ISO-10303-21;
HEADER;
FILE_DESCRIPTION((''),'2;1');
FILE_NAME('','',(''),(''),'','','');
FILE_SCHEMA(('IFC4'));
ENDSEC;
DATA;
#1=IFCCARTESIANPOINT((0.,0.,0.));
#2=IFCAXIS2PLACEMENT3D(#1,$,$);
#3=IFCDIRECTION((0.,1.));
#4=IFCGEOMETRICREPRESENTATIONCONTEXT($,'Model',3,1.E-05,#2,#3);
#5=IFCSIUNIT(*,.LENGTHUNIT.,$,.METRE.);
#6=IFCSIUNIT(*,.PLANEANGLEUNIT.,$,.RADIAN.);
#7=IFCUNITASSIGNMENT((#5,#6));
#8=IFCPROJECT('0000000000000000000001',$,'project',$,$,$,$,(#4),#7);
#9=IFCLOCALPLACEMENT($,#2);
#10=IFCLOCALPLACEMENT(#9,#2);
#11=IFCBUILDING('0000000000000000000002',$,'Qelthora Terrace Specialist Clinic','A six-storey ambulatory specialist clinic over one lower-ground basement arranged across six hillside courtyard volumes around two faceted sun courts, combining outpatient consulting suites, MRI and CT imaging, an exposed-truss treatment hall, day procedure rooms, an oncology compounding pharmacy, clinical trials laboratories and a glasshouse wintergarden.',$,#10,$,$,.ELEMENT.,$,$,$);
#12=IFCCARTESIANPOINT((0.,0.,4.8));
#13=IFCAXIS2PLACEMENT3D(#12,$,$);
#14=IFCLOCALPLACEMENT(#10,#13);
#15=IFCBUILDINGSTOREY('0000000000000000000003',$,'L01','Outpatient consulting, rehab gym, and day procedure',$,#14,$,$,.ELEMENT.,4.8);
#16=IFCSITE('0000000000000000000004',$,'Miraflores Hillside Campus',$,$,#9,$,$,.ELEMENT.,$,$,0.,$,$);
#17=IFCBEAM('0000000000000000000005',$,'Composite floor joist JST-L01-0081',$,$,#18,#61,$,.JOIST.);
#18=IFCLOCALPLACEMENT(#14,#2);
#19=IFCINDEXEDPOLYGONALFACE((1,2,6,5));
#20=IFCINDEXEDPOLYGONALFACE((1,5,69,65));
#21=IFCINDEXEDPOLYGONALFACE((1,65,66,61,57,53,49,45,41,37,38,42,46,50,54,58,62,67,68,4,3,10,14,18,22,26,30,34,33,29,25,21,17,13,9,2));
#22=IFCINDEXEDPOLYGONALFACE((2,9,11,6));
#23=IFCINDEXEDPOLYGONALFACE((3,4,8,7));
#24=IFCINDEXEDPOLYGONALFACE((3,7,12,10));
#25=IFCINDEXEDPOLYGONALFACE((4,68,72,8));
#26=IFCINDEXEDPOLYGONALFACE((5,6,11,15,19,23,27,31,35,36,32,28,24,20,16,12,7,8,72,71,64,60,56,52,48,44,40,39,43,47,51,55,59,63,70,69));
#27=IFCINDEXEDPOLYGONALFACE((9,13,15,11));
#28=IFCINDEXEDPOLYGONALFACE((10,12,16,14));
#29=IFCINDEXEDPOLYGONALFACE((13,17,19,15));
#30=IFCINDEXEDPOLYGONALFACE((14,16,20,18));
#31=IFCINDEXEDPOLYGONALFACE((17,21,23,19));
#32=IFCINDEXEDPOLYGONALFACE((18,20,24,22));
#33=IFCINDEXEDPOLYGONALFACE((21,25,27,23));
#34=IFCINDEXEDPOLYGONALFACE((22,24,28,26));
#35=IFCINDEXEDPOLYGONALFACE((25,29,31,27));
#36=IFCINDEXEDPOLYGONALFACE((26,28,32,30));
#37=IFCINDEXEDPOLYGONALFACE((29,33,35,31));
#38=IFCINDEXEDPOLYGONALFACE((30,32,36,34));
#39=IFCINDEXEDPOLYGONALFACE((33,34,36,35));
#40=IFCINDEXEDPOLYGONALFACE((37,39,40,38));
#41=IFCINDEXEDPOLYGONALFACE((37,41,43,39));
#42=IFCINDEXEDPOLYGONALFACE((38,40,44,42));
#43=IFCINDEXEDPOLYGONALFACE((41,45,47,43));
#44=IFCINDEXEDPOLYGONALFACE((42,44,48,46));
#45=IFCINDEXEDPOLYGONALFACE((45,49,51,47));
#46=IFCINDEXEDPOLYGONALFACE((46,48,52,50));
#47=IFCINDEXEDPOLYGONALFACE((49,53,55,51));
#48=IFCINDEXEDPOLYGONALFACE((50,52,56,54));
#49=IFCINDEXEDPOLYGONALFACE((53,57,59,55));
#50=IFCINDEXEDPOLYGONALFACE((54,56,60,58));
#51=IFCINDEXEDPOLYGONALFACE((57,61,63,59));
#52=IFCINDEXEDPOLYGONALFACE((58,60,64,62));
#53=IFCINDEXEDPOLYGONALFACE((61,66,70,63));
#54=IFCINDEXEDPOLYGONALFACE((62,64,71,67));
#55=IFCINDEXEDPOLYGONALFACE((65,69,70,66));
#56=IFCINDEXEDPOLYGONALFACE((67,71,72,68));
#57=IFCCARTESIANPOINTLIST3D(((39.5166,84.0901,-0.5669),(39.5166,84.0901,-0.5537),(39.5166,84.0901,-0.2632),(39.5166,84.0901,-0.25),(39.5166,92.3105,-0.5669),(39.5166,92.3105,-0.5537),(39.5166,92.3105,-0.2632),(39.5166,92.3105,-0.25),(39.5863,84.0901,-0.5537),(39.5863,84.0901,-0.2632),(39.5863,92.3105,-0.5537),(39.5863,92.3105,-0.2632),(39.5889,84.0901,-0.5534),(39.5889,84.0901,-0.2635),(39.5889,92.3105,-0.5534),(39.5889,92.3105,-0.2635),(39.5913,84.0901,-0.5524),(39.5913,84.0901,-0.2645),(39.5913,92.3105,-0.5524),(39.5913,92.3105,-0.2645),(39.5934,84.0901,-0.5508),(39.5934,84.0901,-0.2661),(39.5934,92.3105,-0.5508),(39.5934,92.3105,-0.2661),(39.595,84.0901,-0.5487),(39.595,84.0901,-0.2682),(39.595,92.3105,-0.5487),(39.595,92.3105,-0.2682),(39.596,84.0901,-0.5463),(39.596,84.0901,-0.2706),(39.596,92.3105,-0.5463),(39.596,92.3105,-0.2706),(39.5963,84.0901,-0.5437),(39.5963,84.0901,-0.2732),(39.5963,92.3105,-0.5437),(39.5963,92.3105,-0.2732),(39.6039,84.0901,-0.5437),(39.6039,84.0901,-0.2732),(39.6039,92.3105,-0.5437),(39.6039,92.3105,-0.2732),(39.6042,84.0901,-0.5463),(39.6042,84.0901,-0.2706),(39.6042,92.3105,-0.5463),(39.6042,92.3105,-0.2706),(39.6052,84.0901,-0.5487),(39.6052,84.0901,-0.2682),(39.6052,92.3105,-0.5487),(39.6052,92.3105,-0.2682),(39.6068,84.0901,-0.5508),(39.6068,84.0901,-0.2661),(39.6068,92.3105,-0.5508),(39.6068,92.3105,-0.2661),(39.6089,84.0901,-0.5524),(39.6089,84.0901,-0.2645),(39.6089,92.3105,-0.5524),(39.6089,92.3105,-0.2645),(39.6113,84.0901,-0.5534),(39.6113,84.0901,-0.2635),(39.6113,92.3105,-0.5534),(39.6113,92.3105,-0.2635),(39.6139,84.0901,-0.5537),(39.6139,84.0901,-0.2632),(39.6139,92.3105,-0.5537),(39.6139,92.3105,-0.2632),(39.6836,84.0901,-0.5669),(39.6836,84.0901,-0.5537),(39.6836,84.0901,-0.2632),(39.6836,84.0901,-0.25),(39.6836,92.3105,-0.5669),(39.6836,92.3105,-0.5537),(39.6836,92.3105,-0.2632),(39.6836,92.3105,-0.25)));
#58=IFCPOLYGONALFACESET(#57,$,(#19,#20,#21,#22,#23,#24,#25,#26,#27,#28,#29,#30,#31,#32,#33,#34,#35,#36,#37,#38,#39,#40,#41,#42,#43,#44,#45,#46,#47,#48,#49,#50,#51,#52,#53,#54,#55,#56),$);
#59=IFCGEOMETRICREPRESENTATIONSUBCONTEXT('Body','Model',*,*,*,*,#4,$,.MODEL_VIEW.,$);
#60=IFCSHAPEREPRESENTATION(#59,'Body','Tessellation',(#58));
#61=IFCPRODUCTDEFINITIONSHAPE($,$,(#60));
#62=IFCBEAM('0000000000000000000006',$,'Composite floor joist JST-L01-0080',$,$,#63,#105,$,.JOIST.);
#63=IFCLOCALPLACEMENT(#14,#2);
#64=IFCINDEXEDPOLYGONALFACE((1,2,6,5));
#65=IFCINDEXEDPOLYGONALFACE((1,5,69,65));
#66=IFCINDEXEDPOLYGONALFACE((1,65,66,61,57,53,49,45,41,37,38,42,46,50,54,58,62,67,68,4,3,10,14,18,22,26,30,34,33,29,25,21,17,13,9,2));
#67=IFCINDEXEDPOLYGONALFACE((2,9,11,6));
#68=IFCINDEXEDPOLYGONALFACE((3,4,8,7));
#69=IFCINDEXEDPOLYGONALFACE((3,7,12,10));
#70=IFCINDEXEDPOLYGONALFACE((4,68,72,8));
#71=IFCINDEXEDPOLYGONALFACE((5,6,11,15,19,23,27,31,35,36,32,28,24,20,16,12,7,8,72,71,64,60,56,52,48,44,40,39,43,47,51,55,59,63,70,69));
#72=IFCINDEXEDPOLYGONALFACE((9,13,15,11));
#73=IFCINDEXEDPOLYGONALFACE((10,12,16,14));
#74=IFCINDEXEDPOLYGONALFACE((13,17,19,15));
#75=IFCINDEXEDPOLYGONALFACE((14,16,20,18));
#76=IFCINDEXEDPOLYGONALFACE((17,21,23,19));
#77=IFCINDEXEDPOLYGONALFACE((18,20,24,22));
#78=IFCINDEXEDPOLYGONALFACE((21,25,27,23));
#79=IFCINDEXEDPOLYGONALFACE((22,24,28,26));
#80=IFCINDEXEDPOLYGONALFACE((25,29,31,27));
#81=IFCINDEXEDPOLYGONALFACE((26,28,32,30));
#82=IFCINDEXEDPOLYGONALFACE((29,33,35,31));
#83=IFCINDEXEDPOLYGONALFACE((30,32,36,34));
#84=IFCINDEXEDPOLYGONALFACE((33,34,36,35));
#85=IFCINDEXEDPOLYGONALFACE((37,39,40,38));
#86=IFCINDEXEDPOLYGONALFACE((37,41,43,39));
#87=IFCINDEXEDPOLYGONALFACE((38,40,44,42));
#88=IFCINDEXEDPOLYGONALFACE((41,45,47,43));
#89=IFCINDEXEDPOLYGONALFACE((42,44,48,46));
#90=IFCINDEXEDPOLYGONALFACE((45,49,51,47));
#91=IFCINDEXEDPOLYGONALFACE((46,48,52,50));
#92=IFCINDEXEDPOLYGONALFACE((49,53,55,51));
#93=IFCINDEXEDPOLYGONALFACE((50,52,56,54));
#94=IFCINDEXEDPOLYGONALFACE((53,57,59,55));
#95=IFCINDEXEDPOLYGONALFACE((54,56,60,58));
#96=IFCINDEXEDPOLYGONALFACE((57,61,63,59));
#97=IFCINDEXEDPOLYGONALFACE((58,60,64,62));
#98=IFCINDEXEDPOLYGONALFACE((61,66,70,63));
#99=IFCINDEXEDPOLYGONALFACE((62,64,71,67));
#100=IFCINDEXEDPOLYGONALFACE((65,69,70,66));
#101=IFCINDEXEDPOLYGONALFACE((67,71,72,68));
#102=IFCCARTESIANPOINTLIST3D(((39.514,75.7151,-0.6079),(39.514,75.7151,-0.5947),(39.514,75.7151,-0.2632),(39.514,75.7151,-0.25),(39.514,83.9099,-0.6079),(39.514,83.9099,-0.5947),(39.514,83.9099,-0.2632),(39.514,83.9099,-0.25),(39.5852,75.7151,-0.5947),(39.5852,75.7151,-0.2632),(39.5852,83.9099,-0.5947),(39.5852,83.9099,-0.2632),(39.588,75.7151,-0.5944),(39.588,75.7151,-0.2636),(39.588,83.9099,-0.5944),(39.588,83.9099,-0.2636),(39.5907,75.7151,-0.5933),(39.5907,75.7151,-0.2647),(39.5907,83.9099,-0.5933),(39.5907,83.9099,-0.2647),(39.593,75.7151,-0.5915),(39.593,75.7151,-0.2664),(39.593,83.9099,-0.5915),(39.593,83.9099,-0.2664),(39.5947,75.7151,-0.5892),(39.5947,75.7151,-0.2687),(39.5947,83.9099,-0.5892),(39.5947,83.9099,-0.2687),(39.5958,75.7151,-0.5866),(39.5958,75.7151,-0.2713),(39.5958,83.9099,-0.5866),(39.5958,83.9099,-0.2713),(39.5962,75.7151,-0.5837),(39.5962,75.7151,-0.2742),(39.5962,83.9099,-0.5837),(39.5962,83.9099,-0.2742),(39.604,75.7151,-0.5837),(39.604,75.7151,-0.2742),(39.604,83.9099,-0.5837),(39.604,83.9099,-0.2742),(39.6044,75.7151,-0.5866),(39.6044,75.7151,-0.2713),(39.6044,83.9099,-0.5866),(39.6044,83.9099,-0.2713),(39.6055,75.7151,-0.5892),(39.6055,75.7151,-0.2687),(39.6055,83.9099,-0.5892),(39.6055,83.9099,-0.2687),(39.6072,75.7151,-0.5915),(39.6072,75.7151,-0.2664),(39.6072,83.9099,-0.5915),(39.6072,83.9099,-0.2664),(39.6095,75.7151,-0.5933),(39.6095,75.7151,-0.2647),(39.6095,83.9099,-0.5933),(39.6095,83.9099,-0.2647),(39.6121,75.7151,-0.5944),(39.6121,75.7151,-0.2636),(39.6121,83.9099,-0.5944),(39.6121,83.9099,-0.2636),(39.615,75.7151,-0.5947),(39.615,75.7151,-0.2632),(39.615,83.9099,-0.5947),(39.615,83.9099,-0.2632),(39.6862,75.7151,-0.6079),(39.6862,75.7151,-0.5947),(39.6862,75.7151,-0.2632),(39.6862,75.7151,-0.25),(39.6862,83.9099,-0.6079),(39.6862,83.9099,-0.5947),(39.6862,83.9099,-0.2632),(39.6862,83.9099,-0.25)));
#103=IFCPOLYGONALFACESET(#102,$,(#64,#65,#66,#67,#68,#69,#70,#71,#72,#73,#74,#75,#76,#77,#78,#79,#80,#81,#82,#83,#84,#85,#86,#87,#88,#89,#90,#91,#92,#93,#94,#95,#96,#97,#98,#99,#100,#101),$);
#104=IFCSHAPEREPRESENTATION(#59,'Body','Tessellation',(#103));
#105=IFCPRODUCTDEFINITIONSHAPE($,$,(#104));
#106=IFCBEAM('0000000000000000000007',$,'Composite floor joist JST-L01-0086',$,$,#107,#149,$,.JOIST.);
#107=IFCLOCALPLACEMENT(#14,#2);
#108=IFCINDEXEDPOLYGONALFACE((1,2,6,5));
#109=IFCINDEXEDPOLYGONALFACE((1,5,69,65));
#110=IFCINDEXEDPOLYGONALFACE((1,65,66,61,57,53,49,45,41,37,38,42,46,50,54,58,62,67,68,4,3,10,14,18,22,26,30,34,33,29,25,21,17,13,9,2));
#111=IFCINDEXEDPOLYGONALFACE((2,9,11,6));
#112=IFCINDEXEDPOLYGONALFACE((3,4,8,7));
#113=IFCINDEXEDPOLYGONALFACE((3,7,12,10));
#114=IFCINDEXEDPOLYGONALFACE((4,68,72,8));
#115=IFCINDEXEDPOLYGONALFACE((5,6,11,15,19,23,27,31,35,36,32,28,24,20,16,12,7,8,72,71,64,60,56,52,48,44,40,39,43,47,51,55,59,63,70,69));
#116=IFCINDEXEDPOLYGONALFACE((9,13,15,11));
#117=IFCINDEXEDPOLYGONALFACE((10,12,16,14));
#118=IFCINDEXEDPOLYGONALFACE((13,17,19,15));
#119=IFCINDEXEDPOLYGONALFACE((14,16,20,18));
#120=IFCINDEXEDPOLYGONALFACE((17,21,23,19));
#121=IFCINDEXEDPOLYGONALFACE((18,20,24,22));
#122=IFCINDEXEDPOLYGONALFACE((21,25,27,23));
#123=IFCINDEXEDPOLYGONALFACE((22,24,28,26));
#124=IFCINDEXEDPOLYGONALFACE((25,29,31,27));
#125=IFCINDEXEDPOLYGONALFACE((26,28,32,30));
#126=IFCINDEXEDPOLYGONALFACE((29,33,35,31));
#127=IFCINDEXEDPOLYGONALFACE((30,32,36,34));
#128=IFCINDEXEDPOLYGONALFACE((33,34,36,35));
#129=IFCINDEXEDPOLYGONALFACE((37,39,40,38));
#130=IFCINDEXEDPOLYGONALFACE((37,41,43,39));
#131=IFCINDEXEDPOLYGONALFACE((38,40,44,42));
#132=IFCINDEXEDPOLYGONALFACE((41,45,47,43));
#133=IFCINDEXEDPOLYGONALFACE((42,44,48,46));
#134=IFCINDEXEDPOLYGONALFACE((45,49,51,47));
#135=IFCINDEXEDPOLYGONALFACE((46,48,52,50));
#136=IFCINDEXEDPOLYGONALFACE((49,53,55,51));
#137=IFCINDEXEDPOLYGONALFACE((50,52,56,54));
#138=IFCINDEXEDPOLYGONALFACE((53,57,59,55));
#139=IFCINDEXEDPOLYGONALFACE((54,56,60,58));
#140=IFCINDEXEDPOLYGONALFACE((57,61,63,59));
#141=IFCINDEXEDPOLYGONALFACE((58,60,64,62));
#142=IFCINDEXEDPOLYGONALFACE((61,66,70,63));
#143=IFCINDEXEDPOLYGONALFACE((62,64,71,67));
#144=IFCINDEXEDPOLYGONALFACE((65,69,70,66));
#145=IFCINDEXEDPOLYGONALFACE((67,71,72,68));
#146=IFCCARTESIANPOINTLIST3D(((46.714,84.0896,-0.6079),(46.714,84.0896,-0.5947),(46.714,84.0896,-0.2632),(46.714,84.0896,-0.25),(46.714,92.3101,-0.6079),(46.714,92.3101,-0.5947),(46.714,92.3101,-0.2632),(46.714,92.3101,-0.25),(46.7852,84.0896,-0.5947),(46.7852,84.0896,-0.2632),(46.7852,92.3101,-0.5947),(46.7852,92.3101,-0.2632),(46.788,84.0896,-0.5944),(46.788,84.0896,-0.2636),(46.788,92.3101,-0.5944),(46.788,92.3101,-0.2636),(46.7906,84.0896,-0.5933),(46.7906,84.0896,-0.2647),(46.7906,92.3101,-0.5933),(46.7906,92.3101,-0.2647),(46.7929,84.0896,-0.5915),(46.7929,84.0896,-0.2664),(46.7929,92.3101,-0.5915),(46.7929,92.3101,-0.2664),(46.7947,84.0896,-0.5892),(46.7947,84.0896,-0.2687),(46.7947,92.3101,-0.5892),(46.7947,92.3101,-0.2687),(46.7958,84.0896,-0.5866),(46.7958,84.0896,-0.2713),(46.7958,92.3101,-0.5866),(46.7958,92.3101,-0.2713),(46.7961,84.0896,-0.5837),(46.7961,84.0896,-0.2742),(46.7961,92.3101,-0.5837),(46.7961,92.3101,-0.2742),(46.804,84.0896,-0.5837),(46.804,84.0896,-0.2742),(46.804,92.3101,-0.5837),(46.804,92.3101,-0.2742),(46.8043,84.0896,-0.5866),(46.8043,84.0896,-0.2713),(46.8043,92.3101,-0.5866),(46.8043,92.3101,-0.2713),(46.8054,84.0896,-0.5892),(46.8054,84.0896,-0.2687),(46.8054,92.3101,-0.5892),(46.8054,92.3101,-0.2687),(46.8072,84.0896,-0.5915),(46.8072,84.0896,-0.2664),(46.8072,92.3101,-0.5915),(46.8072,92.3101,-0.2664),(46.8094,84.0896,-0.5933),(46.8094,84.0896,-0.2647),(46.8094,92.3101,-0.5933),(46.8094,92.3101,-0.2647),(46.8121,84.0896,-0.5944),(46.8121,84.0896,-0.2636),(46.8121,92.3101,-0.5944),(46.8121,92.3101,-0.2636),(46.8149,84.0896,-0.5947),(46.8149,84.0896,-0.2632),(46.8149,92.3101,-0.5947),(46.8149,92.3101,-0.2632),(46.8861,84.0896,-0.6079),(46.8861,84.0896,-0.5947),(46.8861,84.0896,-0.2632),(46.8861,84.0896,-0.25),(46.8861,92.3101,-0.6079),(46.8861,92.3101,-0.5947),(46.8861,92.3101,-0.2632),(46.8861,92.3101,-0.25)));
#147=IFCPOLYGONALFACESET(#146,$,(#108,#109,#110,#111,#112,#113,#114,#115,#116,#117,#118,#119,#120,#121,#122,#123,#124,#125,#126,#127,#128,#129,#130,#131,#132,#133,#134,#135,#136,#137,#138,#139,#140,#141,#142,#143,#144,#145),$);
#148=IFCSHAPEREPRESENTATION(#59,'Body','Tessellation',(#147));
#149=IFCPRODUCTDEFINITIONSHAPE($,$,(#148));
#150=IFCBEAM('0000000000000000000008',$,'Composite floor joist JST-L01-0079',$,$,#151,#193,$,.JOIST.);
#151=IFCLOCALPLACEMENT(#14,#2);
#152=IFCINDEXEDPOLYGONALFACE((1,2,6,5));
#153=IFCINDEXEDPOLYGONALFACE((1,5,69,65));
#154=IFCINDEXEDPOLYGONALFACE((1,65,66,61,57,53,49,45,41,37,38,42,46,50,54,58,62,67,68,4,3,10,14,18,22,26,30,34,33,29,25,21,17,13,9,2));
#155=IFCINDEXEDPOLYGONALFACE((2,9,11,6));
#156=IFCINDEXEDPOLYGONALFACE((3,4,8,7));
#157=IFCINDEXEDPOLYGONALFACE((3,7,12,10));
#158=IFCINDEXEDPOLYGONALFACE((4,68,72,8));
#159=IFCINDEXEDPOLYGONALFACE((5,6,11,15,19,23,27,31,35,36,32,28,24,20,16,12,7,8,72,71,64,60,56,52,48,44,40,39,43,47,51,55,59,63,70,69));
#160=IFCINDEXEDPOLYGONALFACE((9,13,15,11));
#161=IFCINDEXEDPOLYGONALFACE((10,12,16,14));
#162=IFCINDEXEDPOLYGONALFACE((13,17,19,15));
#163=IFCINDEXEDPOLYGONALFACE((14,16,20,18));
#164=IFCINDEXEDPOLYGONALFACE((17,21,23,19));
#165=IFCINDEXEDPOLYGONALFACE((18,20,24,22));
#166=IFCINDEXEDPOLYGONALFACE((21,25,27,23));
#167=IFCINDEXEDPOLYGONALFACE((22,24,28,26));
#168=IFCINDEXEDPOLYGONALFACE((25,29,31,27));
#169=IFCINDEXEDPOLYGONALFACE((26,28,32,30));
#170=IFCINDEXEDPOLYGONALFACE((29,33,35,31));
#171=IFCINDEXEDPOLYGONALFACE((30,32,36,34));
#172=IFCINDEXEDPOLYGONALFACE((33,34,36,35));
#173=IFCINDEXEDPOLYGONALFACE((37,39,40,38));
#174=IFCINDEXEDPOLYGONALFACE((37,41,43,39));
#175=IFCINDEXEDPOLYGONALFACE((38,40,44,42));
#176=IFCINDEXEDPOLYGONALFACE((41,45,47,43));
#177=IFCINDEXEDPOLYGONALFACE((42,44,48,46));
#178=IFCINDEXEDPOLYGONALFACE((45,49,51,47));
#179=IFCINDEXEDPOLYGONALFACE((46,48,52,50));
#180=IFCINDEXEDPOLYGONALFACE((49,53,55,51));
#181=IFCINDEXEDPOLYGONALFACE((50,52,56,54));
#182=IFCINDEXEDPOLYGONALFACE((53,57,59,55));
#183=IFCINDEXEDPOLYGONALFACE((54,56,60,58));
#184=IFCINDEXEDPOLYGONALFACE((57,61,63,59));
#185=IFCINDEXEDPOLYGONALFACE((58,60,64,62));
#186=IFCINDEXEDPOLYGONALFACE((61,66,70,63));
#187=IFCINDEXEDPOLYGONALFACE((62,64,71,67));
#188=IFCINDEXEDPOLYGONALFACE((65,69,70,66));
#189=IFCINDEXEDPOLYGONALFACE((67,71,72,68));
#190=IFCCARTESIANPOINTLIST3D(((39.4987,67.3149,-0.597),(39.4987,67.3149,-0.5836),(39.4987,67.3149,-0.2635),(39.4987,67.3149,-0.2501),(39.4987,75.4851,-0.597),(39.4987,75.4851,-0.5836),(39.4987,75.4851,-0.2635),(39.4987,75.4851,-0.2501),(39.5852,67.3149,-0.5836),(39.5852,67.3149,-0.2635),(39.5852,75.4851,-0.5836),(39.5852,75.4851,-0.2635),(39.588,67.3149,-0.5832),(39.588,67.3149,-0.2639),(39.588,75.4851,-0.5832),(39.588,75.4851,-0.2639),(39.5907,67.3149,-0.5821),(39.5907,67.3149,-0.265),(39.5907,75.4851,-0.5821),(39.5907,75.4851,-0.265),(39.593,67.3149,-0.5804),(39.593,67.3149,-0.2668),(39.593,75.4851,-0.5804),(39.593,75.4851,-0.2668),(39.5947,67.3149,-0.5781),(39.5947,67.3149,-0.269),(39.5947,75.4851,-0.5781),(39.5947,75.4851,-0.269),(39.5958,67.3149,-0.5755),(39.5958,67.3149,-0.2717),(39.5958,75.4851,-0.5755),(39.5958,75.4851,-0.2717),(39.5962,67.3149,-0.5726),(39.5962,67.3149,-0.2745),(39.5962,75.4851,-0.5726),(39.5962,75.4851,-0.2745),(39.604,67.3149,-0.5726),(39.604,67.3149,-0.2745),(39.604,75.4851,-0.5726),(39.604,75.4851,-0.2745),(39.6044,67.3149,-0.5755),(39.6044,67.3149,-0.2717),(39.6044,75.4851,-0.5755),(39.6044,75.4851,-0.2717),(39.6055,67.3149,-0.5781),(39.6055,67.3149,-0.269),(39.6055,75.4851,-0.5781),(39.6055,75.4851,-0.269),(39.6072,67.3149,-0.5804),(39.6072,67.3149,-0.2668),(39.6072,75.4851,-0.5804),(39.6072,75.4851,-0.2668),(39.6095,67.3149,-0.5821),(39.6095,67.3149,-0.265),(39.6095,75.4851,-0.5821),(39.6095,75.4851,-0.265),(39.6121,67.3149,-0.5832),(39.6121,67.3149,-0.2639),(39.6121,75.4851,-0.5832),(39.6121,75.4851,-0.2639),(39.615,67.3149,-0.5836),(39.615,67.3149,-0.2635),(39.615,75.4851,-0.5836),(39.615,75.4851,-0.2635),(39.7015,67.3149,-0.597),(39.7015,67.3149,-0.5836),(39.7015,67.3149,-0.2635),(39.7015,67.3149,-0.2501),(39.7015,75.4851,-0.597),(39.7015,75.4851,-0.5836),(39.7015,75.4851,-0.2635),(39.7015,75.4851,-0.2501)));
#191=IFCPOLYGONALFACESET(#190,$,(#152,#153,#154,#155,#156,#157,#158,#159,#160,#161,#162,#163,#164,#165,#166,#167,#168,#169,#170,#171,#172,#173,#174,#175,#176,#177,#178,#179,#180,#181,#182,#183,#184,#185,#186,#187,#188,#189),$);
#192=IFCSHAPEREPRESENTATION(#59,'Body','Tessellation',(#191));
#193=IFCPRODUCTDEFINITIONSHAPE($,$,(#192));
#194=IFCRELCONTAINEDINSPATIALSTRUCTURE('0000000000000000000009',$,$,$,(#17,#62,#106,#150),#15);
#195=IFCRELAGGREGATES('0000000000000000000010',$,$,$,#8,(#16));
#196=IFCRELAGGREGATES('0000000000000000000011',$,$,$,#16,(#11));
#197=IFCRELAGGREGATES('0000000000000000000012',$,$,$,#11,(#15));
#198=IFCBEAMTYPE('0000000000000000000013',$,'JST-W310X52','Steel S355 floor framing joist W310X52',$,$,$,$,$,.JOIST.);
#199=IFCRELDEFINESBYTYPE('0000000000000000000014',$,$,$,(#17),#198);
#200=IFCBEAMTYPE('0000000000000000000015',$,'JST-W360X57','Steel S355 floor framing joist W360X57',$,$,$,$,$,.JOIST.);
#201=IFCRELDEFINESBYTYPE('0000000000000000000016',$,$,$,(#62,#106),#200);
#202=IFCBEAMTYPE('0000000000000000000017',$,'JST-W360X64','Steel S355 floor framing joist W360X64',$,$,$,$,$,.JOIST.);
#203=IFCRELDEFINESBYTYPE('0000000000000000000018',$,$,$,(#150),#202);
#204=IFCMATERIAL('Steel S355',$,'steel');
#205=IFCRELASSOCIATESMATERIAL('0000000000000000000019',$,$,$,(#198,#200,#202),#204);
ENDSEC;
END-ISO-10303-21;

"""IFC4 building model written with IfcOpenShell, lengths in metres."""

from ifc_helpers import new_model, si_unit, direction, frame, origin, origin_2d, place, context, subcontext, project, spatial, i_section, extrude, material, material_profile, profile_set, type_object, element, save


model = new_model("IFC4")

# Units and contexts
model_context = context("Model", 3, precision=1e-05, world=origin(), true_north=direction((0.0, 1.0)))
body_context = subcontext(model_context, "Body", "Model", "MODEL_VIEW")
ifc_project = project(units=[si_unit("LENGTHUNIT", "METRE"), si_unit("PLANEANGLEUNIT", "RADIAN")], contexts=[model_context])

# Site, building, storey
site_placement = place(None, origin())
site = spatial("IfcSite", under=ifc_project, at=site_placement, Name="Miraflores Hillside Campus", CompositionType="ELEMENT", RefElevation=0.0)
building_placement = place(site_placement, origin())
building = spatial("IfcBuilding", under=site, at=building_placement, Name="Qelthora Terrace Specialist Clinic", Description="A six-storey ambulatory specialist clinic over one lower-ground basement arranged across six hillside courtyard volumes around two faceted sun courts, combining outpatient consulting suites, MRI and CT imaging, an exposed-truss treatment hall, day procedure rooms, an oncology compounding pharmacy, clinical trials laboratories and a glasshouse wintergarden.", CompositionType="ELEMENT")
storey_placement = place(building_placement, frame((0.0, 0.0, 4.8)))
storey = spatial("IfcBuildingStorey", under=building, at=storey_placement, Name="L01", Description="Outpatient consulting, rehab gym, and day procedure", CompositionType="ELEMENT", Elevation=4.8)

# Shared definitions
ifc_material_1 = material(Name="Steel S355", Category="steel")

# Beams
ifc_material_profile_1 = material_profile(ifc_material_1, i_section(OverallWidth=0.167, OverallDepth=0.3169, WebThickness=0.0076, FlangeThickness=0.0132, FilletRadius=0.01, at=origin_2d()), Name="W310X52")
ifc_profile_set_1 = profile_set([ifc_material_profile_1], Name="Steel S355")
beam_type_1 = type_object("IfcBeamType", Name="JST-W310X52", Description="Steel S355 floor framing joist W310X52", PredefinedType="JOIST", material=ifc_profile_set_1)
beam_1_placement = place(storey_placement, frame((39.6001, 84.0901, -0.4084), z_axis=(0.0, 1.0, 0.0), x_axis=(-1.0, 0.0, 0.0)))
element("IfcBeam", 1, at=beam_1_placement, inside=storey, type_object=beam_type_1, Name="Composite floor joist JST-L01-0081", PredefinedType="JOIST", context=body_context, shape_type="SweptSolid", body=[
    extrude(i_section(OverallWidth=0.167, OverallDepth=0.3169, WebThickness=0.0076, FlangeThickness=0.0132, FilletRadius=0.01, at=origin_2d()), origin(), (0.0, 0.0, 1.0), 8.2205),
])
ifc_material_profile_2 = material_profile(ifc_material_1, i_section(OverallWidth=0.1721, OverallDepth=0.3579, WebThickness=0.0078, FlangeThickness=0.0132, FilletRadius=0.011, at=origin_2d()), Name="W360X57")
ifc_profile_set_2 = profile_set([ifc_material_profile_2], Name="Steel S355")
beam_type_2 = type_object("IfcBeamType", Name="JST-W360X57", Description="Steel S355 floor framing joist W360X57", PredefinedType="JOIST", material=ifc_profile_set_2)
beam_2_placement = place(storey_placement, frame((39.6001, 75.7151, -0.429), z_axis=(0.0, 1.0, 0.0), x_axis=(-1.0, 0.0, 0.0)))
element("IfcBeam", 2, at=beam_2_placement, inside=storey, type_object=beam_type_2, Name="Composite floor joist JST-L01-0080", PredefinedType="JOIST", context=body_context, shape_type="SweptSolid", body=[
    extrude(i_section(OverallWidth=0.1721, OverallDepth=0.3579, WebThickness=0.0078, FlangeThickness=0.0132, FilletRadius=0.011, at=origin_2d()), origin(), (0.0, 0.0, 1.0), 8.1948),
])
beam_3_placement = place(storey_placement, frame((46.8, 84.0896, -0.429), z_axis=(0.0, 1.0, 0.0), x_axis=(-1.0, 0.0, 0.0)))
element("IfcBeam", 3, at=beam_3_placement, inside=storey, type_object=beam_type_2, Name="Composite floor joist JST-L01-0086", PredefinedType="JOIST", context=body_context, shape_type="SweptSolid", body=[
    extrude(i_section(OverallWidth=0.1721, OverallDepth=0.3579, WebThickness=0.0078, FlangeThickness=0.0132, FilletRadius=0.011, at=origin_2d()), origin(), (0.0, 0.0, 1.0), 8.2205),
])
ifc_material_profile_3 = material_profile(ifc_material_1, i_section(OverallWidth=0.2029, OverallDepth=0.3469, WebThickness=0.0078, FlangeThickness=0.0134, FilletRadius=0.011, at=origin_2d()), Name="W360X64")
ifc_profile_set_3 = profile_set([ifc_material_profile_3], Name="Steel S355")
beam_type_3 = type_object("IfcBeamType", Name="JST-W360X64", Description="Steel S355 floor framing joist W360X64", PredefinedType="JOIST", material=ifc_profile_set_3)
beam_4_placement = place(storey_placement, frame((39.6001, 67.3149, -0.4236), z_axis=(0.0, 1.0, 0.0), x_axis=(-1.0, 0.0, 0.0)))
element("IfcBeam", 4, at=beam_4_placement, inside=storey, type_object=beam_type_3, Name="Composite floor joist JST-L01-0079", PredefinedType="JOIST", context=body_context, shape_type="SweptSolid", body=[
    extrude(i_section(OverallWidth=0.2029, OverallDepth=0.3469, WebThickness=0.0078, FlangeThickness=0.0134, FilletRadius=0.011, at=origin_2d()), origin(), (0.0, 0.0, 1.0), 8.1702),
])

save(model, "model.ifc")
